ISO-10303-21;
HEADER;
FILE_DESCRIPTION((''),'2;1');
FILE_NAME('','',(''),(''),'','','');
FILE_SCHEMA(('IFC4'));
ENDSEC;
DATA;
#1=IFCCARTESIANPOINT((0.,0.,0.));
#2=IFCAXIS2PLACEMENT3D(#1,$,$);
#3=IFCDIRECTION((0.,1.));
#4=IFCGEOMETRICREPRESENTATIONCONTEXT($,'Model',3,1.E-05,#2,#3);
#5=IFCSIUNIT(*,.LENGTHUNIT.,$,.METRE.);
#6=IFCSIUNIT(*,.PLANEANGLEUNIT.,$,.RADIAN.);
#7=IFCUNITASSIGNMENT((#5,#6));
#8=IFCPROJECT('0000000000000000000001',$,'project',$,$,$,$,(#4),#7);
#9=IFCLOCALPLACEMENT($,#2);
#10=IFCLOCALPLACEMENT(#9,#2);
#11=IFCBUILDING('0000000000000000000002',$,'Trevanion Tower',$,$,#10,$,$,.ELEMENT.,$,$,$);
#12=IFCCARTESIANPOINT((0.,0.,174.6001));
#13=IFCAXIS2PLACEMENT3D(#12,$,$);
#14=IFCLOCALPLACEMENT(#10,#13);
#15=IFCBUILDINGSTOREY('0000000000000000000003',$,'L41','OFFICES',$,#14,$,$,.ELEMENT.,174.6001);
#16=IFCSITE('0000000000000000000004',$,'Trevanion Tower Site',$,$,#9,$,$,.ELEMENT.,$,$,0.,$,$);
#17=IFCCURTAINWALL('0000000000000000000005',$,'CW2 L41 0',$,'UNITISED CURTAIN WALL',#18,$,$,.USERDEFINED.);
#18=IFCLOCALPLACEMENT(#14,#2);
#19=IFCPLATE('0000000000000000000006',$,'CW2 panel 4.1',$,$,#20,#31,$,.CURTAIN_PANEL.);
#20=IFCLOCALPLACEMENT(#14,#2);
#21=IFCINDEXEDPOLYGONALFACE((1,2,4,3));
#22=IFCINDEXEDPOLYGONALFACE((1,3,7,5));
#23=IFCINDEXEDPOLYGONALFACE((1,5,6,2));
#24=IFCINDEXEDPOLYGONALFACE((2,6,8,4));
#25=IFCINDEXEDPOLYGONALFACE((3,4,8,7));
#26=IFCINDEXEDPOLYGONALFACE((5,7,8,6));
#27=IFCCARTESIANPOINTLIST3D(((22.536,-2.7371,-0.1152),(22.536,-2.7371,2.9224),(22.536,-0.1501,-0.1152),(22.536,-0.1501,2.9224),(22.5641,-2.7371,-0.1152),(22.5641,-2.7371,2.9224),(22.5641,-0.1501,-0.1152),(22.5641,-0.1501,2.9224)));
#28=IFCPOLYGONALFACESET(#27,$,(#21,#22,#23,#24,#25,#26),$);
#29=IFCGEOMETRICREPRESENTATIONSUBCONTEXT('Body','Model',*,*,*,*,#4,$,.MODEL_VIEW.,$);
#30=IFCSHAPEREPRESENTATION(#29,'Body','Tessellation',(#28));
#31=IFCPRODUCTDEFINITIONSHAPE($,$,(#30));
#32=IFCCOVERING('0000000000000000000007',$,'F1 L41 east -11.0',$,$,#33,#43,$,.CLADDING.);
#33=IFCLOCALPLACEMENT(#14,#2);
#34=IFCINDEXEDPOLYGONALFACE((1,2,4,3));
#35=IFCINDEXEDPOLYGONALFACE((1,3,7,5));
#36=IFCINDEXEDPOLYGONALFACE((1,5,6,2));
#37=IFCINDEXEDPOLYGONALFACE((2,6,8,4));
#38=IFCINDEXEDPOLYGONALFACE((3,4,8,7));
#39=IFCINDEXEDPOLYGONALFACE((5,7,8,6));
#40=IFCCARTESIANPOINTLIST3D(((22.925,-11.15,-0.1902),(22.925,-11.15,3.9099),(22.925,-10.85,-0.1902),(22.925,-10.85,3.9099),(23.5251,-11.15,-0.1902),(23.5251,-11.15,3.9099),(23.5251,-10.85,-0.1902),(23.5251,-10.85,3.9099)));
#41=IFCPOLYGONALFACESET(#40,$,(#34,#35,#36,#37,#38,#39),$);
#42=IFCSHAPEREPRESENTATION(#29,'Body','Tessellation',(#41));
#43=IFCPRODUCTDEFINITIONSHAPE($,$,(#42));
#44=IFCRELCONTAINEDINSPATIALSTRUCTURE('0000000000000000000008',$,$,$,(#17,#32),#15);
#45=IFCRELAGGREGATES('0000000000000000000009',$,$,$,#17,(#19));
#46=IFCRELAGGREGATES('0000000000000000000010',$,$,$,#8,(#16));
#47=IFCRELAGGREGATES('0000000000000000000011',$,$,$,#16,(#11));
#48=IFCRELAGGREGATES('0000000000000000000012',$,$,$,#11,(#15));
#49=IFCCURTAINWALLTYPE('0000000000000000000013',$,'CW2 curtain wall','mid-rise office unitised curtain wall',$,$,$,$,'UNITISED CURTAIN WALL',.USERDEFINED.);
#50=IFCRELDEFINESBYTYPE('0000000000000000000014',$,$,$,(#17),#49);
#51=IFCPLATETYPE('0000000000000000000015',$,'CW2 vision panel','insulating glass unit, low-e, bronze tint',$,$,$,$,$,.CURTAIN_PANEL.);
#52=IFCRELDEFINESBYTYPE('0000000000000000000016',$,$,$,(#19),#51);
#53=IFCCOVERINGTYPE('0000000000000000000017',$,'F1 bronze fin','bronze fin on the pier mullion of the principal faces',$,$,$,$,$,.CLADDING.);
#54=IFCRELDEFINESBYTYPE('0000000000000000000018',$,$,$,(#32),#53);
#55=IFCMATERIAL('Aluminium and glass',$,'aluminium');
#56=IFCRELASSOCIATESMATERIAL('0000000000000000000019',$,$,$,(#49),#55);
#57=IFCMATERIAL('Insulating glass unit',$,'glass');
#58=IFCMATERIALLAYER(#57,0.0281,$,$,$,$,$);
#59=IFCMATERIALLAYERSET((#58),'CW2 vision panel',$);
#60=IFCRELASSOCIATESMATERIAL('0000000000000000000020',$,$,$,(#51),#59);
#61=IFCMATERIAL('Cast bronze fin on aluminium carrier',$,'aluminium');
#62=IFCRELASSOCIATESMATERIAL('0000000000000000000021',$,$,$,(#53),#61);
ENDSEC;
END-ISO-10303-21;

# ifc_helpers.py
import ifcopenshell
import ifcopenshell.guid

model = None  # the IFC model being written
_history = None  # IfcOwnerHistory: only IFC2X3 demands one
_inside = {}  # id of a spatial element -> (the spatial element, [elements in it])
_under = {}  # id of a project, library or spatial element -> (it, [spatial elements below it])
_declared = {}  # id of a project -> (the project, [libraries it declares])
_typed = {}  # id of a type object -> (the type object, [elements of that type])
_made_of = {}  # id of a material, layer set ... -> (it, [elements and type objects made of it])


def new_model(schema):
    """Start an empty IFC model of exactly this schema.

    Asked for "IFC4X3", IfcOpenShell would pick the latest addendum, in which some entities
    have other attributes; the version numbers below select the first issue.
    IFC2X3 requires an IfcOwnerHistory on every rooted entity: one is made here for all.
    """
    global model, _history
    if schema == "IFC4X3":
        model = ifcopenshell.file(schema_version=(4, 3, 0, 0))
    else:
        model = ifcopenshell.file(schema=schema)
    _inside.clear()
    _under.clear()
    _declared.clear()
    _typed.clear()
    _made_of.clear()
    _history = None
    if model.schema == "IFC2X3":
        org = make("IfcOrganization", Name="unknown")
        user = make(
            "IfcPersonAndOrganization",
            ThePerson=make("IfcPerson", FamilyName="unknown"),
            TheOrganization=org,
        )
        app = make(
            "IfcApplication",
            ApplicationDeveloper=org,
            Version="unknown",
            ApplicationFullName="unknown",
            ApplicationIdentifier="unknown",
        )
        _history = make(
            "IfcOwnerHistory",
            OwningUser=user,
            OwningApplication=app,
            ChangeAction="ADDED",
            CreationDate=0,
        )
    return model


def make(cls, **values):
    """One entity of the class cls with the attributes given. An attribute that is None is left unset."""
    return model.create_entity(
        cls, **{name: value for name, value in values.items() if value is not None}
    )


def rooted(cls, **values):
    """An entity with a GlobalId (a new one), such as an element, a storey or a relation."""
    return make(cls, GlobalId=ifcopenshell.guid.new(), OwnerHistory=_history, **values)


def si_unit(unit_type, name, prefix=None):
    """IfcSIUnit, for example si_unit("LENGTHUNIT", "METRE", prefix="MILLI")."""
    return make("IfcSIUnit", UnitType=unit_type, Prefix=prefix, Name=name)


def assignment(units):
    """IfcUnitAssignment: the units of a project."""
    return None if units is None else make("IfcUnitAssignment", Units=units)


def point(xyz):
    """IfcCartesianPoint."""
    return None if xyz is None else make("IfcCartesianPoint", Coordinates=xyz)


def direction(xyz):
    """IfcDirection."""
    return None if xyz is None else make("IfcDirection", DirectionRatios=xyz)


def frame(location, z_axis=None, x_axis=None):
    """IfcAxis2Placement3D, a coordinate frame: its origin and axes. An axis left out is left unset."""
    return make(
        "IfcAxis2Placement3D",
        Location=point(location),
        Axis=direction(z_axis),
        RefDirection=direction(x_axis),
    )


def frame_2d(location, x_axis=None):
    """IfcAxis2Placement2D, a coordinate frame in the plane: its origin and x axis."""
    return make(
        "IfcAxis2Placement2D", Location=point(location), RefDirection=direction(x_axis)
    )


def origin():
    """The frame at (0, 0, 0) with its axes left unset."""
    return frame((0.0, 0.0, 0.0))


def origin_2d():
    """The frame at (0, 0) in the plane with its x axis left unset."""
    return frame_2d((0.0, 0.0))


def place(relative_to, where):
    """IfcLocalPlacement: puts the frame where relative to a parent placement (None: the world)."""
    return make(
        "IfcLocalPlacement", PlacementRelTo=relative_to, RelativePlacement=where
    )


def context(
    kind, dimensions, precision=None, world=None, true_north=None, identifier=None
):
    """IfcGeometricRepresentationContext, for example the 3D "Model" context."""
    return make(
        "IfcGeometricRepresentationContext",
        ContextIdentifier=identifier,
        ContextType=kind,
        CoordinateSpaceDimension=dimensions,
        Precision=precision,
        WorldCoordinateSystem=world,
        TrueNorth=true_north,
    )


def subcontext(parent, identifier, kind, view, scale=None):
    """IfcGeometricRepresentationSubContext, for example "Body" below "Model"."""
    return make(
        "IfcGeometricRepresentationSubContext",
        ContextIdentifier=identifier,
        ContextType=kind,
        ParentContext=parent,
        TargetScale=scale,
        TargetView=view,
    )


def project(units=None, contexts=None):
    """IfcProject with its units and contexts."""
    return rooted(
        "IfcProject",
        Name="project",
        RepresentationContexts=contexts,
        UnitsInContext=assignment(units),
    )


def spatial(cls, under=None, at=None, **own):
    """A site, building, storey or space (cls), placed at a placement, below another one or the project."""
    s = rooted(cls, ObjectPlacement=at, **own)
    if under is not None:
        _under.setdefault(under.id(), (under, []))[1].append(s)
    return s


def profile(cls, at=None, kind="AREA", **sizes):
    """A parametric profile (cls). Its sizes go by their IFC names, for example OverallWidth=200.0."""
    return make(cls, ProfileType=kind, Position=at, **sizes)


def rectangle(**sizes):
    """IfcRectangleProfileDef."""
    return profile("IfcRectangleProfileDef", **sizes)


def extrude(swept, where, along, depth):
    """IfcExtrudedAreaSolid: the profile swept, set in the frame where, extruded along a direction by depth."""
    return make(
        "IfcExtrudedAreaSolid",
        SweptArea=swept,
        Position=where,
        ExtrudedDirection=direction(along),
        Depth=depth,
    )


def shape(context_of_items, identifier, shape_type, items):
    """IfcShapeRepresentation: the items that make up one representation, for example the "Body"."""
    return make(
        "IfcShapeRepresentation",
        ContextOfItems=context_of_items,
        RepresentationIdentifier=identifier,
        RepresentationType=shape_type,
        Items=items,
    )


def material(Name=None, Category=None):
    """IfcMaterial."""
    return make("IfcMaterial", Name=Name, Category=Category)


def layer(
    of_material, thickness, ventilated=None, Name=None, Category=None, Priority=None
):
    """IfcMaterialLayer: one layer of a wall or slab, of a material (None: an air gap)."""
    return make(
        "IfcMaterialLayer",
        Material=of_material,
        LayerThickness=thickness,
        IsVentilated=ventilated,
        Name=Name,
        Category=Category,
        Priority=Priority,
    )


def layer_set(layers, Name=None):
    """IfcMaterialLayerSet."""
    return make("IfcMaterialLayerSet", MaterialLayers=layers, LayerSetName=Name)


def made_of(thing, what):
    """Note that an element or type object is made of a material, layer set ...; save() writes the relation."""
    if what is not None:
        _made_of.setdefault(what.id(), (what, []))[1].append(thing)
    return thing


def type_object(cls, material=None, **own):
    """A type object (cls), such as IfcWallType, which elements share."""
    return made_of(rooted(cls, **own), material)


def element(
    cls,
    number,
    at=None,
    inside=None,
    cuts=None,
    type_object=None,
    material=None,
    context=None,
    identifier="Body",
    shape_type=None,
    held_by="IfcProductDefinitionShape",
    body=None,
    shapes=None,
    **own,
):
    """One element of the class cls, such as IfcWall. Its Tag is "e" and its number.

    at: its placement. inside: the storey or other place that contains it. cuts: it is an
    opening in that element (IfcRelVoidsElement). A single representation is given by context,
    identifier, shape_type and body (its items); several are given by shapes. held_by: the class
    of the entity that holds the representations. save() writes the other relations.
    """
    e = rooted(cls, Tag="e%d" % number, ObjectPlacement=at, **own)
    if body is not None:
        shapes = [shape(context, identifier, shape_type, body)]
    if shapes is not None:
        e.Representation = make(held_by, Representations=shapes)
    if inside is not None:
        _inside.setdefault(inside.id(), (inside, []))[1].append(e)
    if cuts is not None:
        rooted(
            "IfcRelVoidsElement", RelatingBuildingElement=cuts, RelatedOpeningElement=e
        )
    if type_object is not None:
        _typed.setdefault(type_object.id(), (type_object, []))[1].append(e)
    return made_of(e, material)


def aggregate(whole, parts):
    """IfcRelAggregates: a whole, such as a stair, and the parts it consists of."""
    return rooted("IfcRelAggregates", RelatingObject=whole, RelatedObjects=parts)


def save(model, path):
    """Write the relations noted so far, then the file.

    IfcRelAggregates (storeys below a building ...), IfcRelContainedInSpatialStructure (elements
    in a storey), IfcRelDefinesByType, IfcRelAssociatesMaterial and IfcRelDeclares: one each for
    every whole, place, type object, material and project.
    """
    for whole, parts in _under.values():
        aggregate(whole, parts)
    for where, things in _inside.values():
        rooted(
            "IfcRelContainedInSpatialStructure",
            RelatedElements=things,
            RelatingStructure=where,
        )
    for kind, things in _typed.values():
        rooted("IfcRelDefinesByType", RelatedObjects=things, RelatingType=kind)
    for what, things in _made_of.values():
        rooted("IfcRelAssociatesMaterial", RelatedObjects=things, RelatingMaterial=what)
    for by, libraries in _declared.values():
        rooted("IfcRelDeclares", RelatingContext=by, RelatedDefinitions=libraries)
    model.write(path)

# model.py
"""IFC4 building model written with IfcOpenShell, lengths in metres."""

from ifc_helpers import new_model, si_unit, direction, frame, origin, origin_2d, place, context, subcontext, project, spatial, rectangle, extrude, material, layer, layer_set, type_object, element, aggregate, save


model = new_model("IFC4")

# Units and contexts
model_context = context("Model", 3, precision=1e-05, world=origin(), true_north=direction((0.0, 1.0)))
body_context = subcontext(model_context, "Body", "Model", "MODEL_VIEW")
ifc_project = project(units=[si_unit("LENGTHUNIT", "METRE"), si_unit("PLANEANGLEUNIT", "RADIAN")], contexts=[model_context])

# Site, building, storey
site_placement = place(None, origin())
site = spatial("IfcSite", under=ifc_project, at=site_placement, Name="Trevanion Tower Site", CompositionType="ELEMENT", RefElevation=0.0)
building_placement = place(site_placement, origin())
building = spatial("IfcBuilding", under=site, at=building_placement, Name="Trevanion Tower", CompositionType="ELEMENT")
storey_placement = place(building_placement, frame((0.0, 0.0, 174.6001)))
storey = spatial("IfcBuildingStorey", under=building, at=storey_placement, Name="L41", Description="OFFICES", CompositionType="ELEMENT", Elevation=174.6001)

# Curtain wall, plate
ifc_material_1 = material(Name="Aluminium and glass", Category="aluminium")
curtain_wall_type = type_object("IfcCurtainWallType", Name="CW2 curtain wall", Description="mid-rise office unitised curtain wall", ElementType="UNITISED CURTAIN WALL", PredefinedType="USERDEFINED", material=ifc_material_1)
curtain_wall_placement = place(storey_placement, origin())
curtain_wall = element("IfcCurtainWall", 1, at=curtain_wall_placement, inside=storey, type_object=curtain_wall_type, Name="CW2 L41 0", ObjectType="UNITISED CURTAIN WALL", PredefinedType="USERDEFINED")
ifc_material_2 = material(Name="Insulating glass unit", Category="glass")
ifc_layer_1 = layer(ifc_material_2, 0.0281)
ifc_layer_set_1 = layer_set([ifc_layer_1], Name="CW2 vision panel")
plate_type_1 = type_object("IfcPlateType", Name="CW2 vision panel", Description="insulating glass unit, low-e, bronze tint", PredefinedType="CURTAIN_PANEL", material=ifc_layer_set_1)
plate_1_placement = place(storey_placement, frame((22.55, -1.4436, -0.1152), z_axis=(0.0, 0.0, 1.0), x_axis=(0.0, 1.0, 0.0)))
plate_1 = element("IfcPlate", 2, at=plate_1_placement, type_object=plate_type_1, Name="CW2 panel 4.1", PredefinedType="CURTAIN_PANEL", context=body_context, shape_type="SweptSolid", body=[
    extrude(rectangle(XDim=2.5869, YDim=0.0281, at=origin_2d()), origin(), (0.0, 0.0, 1.0), 3.0376),
])
aggregate(curtain_wall, [plate_1])

# Covering
ifc_material_3 = material(Name="Cast bronze fin on aluminium carrier", Category="aluminium")
covering_type = type_object("IfcCoveringType", Name="F1 bronze fin", Description="bronze fin on the pier mullion of the principal faces", PredefinedType="CLADDING", material=ifc_material_3)
covering_placement = place(storey_placement, frame((23.2251, -11.0, -0.1902), z_axis=(0.0, 0.0, 1.0), x_axis=(0.0, 1.0, 0.0)))
element("IfcCovering", 3, at=covering_placement, inside=storey, type_object=covering_type, Name="F1 L41 east -11.0", PredefinedType="CLADDING", context=body_context, shape_type="SweptSolid", body=[
    extrude(rectangle(XDim=0.3, YDim=0.6001, at=origin_2d()), origin(), (0.0, 0.0, 1.0), 4.1001),
])

save(model, "model.ifc")
